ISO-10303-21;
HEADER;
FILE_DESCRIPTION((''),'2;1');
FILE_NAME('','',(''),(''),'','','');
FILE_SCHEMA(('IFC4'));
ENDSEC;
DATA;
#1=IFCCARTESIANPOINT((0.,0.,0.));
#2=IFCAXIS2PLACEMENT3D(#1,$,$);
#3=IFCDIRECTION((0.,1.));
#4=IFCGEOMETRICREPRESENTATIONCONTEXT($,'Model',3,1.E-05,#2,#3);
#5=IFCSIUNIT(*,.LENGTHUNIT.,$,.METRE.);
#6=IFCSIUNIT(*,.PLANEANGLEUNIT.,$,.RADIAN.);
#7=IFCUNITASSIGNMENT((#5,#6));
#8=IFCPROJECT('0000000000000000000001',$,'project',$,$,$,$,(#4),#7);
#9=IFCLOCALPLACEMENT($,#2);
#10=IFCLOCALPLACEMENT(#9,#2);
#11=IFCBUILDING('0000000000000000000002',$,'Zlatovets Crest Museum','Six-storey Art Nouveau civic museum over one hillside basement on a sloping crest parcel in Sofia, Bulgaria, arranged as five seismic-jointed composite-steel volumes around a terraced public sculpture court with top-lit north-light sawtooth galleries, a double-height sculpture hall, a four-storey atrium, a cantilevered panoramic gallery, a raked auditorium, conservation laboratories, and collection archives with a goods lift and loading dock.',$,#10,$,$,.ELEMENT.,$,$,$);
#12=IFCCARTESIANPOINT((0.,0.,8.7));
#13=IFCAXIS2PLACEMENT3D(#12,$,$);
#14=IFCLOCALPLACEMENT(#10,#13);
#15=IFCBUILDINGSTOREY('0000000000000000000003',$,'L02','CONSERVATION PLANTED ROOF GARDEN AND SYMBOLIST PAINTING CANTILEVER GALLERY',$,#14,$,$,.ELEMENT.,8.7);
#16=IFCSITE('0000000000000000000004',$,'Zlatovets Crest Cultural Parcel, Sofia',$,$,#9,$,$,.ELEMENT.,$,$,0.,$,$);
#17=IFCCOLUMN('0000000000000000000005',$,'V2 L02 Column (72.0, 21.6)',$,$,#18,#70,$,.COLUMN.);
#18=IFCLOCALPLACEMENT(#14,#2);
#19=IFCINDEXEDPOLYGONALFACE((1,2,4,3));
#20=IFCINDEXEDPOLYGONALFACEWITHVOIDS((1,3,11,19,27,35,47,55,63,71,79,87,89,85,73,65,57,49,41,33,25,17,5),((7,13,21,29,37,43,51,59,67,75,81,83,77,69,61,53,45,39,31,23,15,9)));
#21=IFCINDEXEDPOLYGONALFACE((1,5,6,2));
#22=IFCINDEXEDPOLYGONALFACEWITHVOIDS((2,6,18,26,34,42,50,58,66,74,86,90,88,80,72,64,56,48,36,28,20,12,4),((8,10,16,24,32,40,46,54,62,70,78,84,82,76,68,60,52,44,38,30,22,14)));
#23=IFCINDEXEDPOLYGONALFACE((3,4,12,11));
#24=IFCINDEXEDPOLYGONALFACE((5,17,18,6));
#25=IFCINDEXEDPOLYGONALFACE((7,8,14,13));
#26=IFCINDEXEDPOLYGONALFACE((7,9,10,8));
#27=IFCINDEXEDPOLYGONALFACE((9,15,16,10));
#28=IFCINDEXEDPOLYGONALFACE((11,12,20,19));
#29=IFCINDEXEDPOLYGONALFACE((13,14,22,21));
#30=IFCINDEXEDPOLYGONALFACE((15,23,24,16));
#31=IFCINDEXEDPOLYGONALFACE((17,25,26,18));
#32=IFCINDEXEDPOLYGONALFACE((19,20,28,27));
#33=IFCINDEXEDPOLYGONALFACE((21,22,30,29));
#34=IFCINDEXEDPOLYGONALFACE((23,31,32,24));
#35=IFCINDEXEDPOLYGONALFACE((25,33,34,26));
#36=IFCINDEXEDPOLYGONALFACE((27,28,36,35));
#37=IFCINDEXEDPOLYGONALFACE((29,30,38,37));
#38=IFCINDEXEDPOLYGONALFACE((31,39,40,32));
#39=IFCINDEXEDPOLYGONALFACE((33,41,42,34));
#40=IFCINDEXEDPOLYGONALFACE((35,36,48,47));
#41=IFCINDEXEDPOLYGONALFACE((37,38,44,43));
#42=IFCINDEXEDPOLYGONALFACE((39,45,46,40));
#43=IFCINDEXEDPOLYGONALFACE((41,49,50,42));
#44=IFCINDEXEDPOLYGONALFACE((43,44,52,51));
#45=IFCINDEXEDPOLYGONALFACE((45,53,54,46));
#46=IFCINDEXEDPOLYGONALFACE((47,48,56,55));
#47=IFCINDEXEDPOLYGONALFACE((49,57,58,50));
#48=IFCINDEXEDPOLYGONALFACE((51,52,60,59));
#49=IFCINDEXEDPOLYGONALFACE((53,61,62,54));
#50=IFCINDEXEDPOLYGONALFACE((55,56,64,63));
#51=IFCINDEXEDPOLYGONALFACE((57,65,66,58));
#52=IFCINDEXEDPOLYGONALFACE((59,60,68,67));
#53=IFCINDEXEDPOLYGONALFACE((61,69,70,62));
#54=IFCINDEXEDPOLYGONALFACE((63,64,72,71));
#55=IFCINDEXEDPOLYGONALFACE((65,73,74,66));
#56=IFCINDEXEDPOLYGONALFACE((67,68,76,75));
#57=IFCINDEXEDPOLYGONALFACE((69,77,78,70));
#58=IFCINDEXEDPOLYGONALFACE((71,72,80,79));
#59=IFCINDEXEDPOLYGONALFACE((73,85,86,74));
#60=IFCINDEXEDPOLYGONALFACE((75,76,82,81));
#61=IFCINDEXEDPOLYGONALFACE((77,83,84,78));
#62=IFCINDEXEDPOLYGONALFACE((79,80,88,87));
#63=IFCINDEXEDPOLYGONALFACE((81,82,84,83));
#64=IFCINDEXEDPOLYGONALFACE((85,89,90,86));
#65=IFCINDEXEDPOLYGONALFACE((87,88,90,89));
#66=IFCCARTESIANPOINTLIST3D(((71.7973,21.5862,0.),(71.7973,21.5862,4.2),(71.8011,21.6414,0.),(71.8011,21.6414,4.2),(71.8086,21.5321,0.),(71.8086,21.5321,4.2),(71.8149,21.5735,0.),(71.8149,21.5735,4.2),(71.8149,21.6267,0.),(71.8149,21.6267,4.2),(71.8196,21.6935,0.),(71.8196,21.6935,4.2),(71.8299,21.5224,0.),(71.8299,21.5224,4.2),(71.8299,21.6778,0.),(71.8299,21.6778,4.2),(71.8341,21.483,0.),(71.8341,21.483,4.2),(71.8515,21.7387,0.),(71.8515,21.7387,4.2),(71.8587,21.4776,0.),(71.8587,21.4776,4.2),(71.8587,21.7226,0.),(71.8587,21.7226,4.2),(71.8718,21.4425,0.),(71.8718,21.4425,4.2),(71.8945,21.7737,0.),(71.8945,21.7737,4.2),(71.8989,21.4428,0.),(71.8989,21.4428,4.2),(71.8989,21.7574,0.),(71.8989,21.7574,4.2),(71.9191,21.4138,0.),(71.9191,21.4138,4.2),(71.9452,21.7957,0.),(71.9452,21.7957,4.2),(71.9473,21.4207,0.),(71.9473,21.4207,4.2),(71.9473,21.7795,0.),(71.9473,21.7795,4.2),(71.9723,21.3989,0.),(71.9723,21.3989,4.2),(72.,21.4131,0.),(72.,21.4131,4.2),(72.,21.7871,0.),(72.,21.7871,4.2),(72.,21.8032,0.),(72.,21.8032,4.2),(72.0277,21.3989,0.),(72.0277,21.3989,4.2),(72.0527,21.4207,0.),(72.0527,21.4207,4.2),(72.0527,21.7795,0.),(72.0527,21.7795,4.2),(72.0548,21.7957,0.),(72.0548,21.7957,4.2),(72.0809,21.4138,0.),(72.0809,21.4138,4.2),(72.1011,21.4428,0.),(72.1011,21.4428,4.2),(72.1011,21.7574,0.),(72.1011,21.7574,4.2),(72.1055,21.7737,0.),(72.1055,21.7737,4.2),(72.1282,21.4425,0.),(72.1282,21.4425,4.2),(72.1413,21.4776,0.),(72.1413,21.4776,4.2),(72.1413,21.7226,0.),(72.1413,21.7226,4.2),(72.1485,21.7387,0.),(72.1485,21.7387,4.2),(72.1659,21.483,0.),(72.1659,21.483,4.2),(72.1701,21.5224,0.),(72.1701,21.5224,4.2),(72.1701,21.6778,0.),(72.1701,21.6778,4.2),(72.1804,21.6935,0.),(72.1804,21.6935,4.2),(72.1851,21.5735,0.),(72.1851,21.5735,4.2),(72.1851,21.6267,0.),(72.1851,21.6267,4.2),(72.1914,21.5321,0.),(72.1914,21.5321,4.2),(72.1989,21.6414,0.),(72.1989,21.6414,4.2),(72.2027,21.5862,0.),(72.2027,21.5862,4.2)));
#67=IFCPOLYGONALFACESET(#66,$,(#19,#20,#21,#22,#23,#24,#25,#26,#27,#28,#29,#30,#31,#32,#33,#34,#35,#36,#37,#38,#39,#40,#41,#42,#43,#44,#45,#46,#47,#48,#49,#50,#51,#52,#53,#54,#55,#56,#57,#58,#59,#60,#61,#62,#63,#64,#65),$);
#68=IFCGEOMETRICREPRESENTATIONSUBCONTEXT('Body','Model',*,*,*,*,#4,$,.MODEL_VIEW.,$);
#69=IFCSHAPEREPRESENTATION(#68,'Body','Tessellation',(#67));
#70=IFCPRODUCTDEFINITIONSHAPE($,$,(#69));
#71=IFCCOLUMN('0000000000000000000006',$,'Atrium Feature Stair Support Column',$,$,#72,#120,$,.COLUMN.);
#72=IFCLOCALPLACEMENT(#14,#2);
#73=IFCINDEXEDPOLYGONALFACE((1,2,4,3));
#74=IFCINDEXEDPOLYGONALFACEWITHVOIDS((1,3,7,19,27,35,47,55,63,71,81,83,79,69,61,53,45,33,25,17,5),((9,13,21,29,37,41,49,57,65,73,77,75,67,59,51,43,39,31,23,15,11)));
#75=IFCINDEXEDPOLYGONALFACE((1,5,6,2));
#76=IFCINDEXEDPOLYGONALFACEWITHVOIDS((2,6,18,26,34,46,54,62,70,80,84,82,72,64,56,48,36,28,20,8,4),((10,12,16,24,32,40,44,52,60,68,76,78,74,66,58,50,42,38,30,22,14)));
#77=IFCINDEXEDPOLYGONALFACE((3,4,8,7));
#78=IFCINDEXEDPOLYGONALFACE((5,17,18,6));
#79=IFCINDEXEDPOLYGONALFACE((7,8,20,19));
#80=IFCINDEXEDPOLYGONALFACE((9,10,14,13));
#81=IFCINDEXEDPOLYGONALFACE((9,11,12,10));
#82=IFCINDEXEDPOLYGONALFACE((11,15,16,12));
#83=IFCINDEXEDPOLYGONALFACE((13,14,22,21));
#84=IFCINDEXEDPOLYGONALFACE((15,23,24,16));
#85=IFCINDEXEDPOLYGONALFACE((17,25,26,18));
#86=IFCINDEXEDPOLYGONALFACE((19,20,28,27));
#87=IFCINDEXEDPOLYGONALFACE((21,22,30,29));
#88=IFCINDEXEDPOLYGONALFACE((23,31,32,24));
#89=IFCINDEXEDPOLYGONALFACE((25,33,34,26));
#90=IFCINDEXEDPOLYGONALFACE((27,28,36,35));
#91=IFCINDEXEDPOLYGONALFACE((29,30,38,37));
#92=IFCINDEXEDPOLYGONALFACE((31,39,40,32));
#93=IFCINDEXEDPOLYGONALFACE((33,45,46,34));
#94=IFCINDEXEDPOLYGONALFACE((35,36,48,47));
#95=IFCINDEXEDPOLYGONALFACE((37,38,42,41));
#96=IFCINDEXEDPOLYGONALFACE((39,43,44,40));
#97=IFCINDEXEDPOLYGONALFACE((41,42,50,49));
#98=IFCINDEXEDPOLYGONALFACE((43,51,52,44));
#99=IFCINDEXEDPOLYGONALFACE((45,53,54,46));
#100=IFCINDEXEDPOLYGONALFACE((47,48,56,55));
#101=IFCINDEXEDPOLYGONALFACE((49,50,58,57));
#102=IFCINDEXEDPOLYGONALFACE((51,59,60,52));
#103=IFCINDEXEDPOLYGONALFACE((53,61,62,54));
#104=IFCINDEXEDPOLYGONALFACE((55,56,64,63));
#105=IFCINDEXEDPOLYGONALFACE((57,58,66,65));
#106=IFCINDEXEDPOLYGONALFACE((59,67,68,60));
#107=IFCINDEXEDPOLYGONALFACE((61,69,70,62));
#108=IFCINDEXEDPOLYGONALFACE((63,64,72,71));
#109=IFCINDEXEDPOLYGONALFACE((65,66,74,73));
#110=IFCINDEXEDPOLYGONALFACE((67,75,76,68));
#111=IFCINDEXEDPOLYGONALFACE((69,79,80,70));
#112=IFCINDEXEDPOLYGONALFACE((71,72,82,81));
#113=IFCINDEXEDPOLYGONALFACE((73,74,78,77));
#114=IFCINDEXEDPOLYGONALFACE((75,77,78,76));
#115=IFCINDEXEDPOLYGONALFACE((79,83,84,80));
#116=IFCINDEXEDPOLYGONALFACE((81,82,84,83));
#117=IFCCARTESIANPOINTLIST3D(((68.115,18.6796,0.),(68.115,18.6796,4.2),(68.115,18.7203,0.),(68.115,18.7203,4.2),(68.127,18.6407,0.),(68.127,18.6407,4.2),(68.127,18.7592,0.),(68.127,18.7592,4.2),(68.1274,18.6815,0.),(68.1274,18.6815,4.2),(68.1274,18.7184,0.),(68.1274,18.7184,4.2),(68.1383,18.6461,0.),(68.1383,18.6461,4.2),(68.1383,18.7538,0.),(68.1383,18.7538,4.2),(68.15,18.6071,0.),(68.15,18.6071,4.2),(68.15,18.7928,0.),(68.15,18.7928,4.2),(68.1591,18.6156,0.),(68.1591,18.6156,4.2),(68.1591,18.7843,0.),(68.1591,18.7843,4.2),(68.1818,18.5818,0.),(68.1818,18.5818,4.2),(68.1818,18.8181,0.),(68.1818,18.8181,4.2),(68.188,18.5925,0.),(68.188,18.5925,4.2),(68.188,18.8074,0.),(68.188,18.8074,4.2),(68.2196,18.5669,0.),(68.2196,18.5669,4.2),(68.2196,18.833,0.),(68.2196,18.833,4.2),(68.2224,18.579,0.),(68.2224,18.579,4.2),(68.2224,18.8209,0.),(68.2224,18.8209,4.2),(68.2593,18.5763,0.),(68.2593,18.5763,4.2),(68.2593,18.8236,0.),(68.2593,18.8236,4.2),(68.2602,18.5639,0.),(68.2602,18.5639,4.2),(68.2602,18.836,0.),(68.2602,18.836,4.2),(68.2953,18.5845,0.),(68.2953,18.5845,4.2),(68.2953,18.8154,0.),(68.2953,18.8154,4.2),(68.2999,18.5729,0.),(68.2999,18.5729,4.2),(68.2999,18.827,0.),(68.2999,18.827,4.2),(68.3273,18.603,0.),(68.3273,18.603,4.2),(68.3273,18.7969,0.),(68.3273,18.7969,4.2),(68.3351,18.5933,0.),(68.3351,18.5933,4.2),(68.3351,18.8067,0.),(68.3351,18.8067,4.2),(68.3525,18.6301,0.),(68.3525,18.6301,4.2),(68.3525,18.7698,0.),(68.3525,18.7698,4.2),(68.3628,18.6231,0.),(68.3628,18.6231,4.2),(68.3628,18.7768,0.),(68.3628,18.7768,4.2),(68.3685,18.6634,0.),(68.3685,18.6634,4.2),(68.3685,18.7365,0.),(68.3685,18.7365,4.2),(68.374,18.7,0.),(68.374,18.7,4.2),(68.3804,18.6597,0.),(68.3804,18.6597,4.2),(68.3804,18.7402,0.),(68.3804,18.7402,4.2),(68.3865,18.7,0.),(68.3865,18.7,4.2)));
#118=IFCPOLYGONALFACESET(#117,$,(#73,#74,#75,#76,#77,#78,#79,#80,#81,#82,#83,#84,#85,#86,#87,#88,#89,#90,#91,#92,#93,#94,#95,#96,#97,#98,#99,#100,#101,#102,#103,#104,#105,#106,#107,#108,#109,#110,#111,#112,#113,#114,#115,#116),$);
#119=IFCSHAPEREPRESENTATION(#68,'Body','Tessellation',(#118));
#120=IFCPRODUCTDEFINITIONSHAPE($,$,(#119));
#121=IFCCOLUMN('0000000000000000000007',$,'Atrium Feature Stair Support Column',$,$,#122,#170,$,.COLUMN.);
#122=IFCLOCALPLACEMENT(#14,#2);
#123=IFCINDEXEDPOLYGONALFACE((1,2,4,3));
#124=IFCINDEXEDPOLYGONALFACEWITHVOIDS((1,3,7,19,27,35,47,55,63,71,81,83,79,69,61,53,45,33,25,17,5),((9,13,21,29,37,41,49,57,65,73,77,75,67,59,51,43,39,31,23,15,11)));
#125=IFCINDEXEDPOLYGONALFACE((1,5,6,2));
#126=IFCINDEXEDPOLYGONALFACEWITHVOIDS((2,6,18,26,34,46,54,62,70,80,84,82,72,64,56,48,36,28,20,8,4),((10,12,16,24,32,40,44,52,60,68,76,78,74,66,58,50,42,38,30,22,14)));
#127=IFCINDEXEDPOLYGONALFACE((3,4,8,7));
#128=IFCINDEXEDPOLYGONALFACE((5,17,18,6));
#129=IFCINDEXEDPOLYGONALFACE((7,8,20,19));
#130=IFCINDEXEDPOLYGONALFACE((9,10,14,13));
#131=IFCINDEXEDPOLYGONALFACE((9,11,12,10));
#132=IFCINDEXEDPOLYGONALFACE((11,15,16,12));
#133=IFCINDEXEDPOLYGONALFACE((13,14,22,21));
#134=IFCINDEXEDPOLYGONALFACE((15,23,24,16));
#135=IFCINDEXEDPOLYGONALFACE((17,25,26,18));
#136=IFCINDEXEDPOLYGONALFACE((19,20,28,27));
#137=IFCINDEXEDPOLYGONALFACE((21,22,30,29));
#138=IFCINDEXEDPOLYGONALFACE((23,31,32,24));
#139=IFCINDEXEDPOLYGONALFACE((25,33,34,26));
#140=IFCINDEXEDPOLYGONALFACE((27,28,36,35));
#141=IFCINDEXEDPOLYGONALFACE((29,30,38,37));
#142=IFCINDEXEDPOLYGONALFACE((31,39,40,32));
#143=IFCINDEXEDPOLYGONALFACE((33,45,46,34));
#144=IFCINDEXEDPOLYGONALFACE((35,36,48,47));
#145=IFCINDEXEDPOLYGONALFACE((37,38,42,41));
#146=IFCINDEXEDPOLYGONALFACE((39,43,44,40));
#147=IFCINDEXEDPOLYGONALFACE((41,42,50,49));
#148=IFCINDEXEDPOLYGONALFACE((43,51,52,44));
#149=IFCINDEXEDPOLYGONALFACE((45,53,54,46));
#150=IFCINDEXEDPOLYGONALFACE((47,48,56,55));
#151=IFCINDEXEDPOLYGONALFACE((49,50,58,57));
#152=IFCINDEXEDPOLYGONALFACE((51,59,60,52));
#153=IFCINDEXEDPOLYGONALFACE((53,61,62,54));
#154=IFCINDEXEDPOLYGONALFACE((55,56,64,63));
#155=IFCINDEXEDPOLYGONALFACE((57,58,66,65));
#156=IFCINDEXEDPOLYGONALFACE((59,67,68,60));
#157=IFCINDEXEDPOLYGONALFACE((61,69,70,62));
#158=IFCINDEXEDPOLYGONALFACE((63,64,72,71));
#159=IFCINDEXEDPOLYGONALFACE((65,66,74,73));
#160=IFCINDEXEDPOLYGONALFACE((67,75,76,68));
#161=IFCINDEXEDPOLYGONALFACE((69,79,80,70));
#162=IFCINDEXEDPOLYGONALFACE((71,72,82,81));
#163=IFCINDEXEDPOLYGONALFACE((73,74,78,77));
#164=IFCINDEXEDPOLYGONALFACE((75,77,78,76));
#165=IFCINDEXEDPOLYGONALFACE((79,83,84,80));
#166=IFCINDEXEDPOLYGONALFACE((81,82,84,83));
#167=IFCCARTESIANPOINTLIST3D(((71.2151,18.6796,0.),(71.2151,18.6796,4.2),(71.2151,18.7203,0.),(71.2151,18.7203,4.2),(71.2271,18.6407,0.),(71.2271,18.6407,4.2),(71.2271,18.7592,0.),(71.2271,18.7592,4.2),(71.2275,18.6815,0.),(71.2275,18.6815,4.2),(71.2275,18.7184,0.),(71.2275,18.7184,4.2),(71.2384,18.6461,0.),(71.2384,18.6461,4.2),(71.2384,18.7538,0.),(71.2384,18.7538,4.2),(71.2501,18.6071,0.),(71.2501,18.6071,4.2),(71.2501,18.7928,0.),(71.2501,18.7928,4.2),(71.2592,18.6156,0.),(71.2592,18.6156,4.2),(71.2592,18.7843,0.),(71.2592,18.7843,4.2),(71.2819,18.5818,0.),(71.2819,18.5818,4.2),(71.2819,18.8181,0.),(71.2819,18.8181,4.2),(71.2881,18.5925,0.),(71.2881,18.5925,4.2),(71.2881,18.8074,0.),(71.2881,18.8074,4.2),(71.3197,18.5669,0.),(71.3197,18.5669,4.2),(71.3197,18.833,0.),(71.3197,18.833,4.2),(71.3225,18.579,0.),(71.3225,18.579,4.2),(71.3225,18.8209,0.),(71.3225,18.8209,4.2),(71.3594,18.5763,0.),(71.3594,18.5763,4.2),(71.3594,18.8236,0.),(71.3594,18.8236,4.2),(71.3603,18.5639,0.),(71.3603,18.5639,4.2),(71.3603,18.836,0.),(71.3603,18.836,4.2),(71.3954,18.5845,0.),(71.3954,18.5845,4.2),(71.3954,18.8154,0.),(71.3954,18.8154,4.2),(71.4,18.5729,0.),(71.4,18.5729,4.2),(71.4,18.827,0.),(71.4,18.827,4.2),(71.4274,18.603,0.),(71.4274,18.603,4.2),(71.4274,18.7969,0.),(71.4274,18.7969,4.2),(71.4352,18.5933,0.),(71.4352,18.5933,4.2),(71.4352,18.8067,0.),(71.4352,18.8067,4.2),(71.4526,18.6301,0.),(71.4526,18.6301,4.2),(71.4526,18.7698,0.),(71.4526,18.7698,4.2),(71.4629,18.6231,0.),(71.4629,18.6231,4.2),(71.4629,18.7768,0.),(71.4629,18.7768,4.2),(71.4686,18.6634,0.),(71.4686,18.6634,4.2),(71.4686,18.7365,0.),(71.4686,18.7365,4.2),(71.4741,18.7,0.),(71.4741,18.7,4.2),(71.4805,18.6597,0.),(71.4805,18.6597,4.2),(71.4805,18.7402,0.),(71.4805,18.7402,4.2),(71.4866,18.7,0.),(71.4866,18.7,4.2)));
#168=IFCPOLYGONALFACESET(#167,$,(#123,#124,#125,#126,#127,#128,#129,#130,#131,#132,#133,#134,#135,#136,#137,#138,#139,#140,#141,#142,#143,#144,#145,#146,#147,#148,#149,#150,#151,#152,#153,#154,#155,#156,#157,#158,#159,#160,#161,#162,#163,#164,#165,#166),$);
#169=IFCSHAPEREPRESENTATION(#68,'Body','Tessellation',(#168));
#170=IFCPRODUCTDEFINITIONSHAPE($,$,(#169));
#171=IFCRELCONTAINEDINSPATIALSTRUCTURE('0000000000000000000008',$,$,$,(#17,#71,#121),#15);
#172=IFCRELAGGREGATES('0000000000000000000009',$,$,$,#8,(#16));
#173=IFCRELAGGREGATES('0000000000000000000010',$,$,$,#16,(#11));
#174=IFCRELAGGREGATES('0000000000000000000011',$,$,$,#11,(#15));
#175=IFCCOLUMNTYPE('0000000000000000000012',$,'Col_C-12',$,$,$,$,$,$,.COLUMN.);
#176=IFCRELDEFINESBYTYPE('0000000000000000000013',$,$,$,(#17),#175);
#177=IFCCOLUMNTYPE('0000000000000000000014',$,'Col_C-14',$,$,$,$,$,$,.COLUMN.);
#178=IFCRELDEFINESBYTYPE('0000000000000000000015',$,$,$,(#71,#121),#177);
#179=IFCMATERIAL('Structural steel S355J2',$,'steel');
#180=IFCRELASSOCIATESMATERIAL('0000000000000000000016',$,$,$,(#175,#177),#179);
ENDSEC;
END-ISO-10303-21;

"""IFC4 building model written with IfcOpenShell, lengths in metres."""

from ifc_helpers import new_model, si_unit, direction, frame, origin, origin_2d, place, context, subcontext, project, spatial, hollow_circle, extrude, material, material_profile, profile_set, type_object, element, save


model = new_model("IFC4")

# Units and contexts
model_context = context("Model", 3, precision=1e-05, world=origin(), true_north=direction((0.0, 1.0)))
body_context = subcontext(model_context, "Body", "Model", "MODEL_VIEW")
ifc_project = project(units=[si_unit("LENGTHUNIT", "METRE"), si_unit("PLANEANGLEUNIT", "RADIAN")], contexts=[model_context])

# Site, building, storey
site_placement = place(None, origin())
site = spatial("IfcSite", under=ifc_project, at=site_placement, Name="Zlatovets Crest Cultural Parcel, Sofia", CompositionType="ELEMENT", RefElevation=0.0)
building_placement = place(site_placement, origin())
building = spatial("IfcBuilding", under=site, at=building_placement, Name="Zlatovets Crest Museum", Description="Six-storey Art Nouveau civic museum over one hillside basement on a sloping crest parcel in Sofia, Bulgaria, arranged as five seismic-jointed composite-steel volumes around a terraced public sculpture court with top-lit north-light sawtooth galleries, a double-height sculpture hall, a four-storey atrium, a cantilevered panoramic gallery, a raked auditorium, conservation laboratories, and collection archives with a goods lift and loading dock.", CompositionType="ELEMENT")
storey_placement = place(building_placement, frame((0.0, 0.0, 8.7)))
storey = spatial("IfcBuildingStorey", under=building, at=storey_placement, Name="L02", Description="CONSERVATION PLANTED ROOF GARDEN AND SYMBOLIST PAINTING CANTILEVER GALLERY", CompositionType="ELEMENT", Elevation=8.7)

# Columns
ifc_material_1 = material(Name="Structural steel S355J2", Category="steel")
ifc_material_profile_1 = material_profile(ifc_material_1, hollow_circle(Radius=0.2031, WallThickness=0.0161, at=origin_2d()), Name="CHS 406.4x16.0")
ifc_profile_set_1 = profile_set([ifc_material_profile_1], Name="Structural steel S355J2")
column_type_1 = type_object("IfcColumnType", Name="Col_C-12", PredefinedType="COLUMN", material=ifc_profile_set_1)
for number, where, z_axis, x_axis, name in (
    (1, (72.0, 21.6001, 0.0), (0.0, 0.0, 1.0), (0.0, 1.0, 0.0), "V2 L02 Column (72.0, 21.6)"),
):
    element("IfcColumn", number, at=place(storey_placement, frame(where, z_axis=z_axis, x_axis=x_axis)), inside=storey, type_object=column_type_1, Name=name, PredefinedType="COLUMN", context=body_context, shape_type="SweptSolid", body=[
        extrude(hollow_circle(Radius=0.2031, WallThickness=0.0161, at=origin_2d()), origin(), (0.0, 0.0, 1.0), 4.2),
    ])
ifc_material_profile_2 = material_profile(ifc_material_1, hollow_circle(Radius=0.1365, WallThickness=0.0125, at=origin_2d()), Name="CHS 273.0x12.5")
ifc_profile_set_2 = profile_set([ifc_material_profile_2], Name="Structural steel S355J2")
column_type_2 = type_object("IfcColumnType", Name="Col_C-14", PredefinedType="COLUMN", material=ifc_profile_set_2)
for number, where, z_axis, x_axis, name in (
    (2, (68.25, 18.7, 0.0), (0.0, 0.0, 1.0), (1.0, 0.0, 0.0), "Atrium Feature Stair Support Column"),
    (3, (71.3501, 18.7, 0.0), (0.0, 0.0, 1.0), (1.0, 0.0, 0.0), "Atrium Feature Stair Support Column"),
):
    element("IfcColumn", number, at=place(storey_placement, frame(where, z_axis=z_axis, x_axis=x_axis)), inside=storey, type_object=column_type_2, Name=name, PredefinedType="COLUMN", context=body_context, shape_type="SweptSolid", body=[
        extrude(hollow_circle(Radius=0.1365, WallThickness=0.0125, at=origin_2d()), origin(), (0.0, 0.0, 1.0), 4.2),
    ])

save(model, "model.ifc")
